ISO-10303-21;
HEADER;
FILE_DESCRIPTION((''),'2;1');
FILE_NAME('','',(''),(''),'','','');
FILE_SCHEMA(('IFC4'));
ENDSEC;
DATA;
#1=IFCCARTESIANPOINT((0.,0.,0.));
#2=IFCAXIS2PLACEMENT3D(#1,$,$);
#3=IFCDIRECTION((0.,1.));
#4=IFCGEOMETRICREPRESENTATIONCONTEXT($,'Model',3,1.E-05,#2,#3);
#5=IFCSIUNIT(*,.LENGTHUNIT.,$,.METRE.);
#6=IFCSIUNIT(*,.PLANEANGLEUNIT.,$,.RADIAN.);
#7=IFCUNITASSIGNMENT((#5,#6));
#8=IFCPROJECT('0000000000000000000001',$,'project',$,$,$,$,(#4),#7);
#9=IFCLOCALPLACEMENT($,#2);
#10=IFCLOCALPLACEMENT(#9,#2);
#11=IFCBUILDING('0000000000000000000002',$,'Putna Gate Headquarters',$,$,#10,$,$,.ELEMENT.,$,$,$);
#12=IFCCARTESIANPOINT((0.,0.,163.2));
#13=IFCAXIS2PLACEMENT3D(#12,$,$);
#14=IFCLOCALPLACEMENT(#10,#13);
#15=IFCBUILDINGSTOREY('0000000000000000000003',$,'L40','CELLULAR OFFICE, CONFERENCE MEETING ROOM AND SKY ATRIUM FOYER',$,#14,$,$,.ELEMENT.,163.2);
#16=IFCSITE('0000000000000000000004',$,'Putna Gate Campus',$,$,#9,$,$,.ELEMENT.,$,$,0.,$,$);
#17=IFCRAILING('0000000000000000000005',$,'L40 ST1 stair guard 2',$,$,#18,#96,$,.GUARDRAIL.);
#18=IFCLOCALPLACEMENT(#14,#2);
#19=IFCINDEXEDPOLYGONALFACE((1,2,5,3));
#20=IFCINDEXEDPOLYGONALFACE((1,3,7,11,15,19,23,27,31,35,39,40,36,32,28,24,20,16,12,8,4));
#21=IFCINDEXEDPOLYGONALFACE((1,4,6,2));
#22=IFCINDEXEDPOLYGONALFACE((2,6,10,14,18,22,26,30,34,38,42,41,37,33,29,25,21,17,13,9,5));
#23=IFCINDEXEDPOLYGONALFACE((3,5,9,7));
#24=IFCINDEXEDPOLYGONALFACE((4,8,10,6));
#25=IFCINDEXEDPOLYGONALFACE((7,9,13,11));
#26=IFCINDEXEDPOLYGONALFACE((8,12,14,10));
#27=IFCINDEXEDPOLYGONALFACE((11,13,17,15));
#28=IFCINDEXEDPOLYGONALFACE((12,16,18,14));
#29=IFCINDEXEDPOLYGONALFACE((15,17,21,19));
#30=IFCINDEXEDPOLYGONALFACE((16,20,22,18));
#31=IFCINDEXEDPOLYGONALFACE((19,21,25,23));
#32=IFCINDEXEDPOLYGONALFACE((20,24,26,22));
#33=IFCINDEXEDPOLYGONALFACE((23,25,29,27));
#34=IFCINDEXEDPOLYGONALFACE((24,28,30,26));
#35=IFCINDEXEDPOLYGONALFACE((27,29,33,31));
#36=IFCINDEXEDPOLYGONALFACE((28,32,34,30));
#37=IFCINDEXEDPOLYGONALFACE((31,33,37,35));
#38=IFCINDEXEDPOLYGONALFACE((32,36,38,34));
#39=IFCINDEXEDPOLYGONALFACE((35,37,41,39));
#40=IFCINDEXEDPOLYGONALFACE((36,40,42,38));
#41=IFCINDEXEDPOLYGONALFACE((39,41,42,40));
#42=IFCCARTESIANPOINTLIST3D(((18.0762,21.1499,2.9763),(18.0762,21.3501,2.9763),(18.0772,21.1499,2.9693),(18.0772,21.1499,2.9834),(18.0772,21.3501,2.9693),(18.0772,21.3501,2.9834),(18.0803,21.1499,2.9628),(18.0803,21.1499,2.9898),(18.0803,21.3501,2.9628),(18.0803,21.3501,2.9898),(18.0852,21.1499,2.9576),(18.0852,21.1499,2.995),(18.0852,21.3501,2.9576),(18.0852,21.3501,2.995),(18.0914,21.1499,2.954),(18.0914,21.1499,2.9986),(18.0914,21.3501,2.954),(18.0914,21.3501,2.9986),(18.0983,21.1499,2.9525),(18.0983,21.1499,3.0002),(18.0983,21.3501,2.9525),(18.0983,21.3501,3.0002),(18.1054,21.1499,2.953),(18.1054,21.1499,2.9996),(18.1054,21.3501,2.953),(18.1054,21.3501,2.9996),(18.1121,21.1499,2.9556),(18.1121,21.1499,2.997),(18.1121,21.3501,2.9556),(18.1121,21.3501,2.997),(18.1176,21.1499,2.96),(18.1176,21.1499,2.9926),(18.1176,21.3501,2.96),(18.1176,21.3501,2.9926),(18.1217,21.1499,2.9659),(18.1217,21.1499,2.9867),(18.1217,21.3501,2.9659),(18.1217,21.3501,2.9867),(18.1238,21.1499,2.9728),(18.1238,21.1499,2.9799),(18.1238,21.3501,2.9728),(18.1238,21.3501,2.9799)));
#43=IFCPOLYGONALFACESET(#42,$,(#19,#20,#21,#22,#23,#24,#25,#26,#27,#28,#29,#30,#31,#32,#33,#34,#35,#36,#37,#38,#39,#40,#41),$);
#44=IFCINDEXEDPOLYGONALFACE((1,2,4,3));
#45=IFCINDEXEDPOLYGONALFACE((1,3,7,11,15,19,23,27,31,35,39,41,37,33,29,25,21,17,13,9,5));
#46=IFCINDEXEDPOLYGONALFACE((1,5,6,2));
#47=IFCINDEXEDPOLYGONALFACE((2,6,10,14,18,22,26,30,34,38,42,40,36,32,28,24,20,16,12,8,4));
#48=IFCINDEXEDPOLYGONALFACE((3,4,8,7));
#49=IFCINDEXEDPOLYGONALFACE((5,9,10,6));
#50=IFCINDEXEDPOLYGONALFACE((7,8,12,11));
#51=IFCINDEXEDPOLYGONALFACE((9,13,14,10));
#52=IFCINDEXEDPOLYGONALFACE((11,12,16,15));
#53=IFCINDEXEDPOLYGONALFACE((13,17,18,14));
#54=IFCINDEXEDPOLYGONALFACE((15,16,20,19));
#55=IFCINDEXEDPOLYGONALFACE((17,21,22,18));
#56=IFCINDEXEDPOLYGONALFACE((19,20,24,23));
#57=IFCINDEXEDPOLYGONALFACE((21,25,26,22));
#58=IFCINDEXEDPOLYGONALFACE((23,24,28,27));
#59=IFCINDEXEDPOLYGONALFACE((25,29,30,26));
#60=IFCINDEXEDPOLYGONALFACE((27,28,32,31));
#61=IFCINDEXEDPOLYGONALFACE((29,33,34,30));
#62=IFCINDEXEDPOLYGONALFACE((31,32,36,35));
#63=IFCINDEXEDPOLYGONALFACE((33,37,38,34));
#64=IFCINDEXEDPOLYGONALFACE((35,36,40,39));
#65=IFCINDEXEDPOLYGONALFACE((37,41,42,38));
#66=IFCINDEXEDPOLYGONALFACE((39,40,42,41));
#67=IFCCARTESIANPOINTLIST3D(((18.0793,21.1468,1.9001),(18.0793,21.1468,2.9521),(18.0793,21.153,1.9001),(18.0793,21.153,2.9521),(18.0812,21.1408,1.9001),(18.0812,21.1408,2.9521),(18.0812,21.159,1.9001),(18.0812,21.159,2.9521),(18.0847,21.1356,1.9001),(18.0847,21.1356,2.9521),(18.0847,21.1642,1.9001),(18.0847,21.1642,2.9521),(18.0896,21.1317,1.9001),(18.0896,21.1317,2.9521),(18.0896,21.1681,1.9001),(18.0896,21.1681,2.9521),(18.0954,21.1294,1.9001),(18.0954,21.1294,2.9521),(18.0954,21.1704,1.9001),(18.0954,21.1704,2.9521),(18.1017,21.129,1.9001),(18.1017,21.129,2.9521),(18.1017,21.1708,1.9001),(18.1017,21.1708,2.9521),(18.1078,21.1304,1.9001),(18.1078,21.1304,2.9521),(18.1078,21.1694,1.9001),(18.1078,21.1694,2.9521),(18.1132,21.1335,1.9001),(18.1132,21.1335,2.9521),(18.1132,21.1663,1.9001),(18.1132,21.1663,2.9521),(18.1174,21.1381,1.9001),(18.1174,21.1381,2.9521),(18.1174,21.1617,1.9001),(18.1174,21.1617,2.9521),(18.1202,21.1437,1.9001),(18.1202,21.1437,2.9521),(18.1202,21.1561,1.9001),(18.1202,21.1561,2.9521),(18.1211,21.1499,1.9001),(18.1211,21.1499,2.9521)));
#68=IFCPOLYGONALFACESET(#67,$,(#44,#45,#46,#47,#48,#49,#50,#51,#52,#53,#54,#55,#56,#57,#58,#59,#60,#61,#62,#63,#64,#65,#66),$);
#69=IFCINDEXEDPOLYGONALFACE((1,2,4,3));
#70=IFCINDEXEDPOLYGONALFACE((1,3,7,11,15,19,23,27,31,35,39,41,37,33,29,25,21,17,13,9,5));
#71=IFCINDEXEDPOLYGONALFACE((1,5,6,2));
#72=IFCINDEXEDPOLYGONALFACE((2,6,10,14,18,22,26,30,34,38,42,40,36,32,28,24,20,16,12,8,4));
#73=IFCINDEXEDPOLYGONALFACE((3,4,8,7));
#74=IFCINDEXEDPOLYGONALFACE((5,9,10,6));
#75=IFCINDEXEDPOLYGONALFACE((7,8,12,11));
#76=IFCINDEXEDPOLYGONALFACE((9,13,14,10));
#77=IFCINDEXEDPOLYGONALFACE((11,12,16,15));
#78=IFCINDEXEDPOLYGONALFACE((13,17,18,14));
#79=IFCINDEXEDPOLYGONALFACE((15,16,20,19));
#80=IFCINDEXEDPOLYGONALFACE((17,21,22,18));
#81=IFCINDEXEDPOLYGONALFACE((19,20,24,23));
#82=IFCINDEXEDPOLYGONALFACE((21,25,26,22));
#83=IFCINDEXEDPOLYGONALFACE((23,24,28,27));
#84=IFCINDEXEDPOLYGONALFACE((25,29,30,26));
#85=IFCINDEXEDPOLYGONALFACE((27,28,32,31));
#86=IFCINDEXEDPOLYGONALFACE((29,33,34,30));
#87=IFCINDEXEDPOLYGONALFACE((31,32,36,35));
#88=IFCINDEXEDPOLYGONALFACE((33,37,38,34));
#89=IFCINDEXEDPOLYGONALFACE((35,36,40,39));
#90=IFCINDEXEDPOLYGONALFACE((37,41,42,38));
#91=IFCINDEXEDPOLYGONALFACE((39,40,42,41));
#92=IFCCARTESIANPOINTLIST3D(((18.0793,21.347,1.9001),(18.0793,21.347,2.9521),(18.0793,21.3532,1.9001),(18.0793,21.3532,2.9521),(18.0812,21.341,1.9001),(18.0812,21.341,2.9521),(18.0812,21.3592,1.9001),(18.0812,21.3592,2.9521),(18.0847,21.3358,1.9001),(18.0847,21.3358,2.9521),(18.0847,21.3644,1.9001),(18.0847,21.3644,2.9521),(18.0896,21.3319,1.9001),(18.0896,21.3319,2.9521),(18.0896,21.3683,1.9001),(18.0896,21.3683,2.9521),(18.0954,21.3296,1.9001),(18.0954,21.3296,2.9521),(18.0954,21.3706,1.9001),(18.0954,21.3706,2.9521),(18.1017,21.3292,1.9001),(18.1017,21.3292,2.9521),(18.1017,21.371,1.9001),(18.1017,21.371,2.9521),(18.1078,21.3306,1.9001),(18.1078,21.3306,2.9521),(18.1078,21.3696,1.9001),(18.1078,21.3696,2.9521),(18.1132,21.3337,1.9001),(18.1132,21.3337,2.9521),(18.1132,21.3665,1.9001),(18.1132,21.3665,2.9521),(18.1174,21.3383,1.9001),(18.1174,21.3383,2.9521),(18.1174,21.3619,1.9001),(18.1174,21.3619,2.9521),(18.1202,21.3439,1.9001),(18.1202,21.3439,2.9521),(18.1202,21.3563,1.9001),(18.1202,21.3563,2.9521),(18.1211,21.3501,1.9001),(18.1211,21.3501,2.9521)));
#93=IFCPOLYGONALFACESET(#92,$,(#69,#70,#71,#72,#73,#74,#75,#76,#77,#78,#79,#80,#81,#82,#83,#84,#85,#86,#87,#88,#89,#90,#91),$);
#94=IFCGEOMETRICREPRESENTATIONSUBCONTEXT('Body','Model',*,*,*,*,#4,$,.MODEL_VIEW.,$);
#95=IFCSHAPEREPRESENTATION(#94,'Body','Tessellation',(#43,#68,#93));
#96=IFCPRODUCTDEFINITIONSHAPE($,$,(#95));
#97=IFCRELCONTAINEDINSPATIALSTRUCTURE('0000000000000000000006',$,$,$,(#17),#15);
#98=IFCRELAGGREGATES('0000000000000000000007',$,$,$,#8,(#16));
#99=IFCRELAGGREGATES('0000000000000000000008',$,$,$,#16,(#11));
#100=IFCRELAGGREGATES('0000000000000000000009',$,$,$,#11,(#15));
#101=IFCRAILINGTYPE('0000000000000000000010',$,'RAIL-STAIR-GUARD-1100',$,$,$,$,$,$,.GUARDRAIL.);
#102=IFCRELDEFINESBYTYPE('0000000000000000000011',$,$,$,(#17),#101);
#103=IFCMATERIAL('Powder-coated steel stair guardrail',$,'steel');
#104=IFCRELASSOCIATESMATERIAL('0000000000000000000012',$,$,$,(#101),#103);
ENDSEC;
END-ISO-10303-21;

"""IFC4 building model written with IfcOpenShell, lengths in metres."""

from ifc_helpers import new_model, si_unit, direction, frame, origin, origin_2d, place, context, subcontext, project, spatial, circle, extrude, material, type_object, element, save


model = new_model("IFC4")

# Units and contexts
model_context = context("Model", 3, precision=1e-05, world=origin(), true_north=direction((0.0, 1.0)))
body_context = subcontext(model_context, "Body", "Model", "MODEL_VIEW")
ifc_project = project(units=[si_unit("LENGTHUNIT", "METRE"), si_unit("PLANEANGLEUNIT", "RADIAN")], contexts=[model_context])

# Site, building, storey
site_placement = place(None, origin())
site = spatial("IfcSite", under=ifc_project, at=site_placement, Name="Putna Gate Campus", CompositionType="ELEMENT", RefElevation=0.0)
building_placement = place(site_placement, origin())
building = spatial("IfcBuilding", under=site, at=building_placement, Name="Putna Gate Headquarters", CompositionType="ELEMENT")
storey_placement = place(building_placement, frame((0.0, 0.0, 163.2)))
storey = spatial("IfcBuildingStorey", under=building, at=storey_placement, Name="L40", Description="CELLULAR OFFICE, CONFERENCE MEETING ROOM AND SKY ATRIUM FOYER", CompositionType="ELEMENT", Elevation=163.2)

# Railing
ifc_material_1 = material(Name="Powder-coated steel stair guardrail", Category="steel")
railing_type_1 = type_object("IfcRailingType", Name="RAIL-STAIR-GUARD-1100", PredefinedType="GUARDRAIL", material=ifc_material_1)
railing_1_placement = place(storey_placement, frame((18.1001, 21.1499, 1.9001)))
element("IfcRailing", 1, at=railing_1_placement, inside=storey, type_object=railing_type_1, Name="L40 ST1 stair guard 2", PredefinedType="GUARDRAIL", context=body_context, shape_type="SweptSolid", body=[
    extrude(circle(Radius=0.0239, at=origin_2d()), frame((0.0, 0.0, 1.0762), z_axis=(0.0, 1.0, 0.0), x_axis=(-1.0, 0.0, 0.0)), (0.0, 0.0, 1.0), 0.2002),
    extrude(circle(Radius=0.021, at=origin_2d()), origin(), (0.0, 0.0, 1.0), 1.052),
    extrude(circle(Radius=0.021, at=origin_2d()), frame((0.0, 0.2002, 0.0)), (0.0, 0.0, 1.0), 1.052),
])

save(model, "model.ifc")
